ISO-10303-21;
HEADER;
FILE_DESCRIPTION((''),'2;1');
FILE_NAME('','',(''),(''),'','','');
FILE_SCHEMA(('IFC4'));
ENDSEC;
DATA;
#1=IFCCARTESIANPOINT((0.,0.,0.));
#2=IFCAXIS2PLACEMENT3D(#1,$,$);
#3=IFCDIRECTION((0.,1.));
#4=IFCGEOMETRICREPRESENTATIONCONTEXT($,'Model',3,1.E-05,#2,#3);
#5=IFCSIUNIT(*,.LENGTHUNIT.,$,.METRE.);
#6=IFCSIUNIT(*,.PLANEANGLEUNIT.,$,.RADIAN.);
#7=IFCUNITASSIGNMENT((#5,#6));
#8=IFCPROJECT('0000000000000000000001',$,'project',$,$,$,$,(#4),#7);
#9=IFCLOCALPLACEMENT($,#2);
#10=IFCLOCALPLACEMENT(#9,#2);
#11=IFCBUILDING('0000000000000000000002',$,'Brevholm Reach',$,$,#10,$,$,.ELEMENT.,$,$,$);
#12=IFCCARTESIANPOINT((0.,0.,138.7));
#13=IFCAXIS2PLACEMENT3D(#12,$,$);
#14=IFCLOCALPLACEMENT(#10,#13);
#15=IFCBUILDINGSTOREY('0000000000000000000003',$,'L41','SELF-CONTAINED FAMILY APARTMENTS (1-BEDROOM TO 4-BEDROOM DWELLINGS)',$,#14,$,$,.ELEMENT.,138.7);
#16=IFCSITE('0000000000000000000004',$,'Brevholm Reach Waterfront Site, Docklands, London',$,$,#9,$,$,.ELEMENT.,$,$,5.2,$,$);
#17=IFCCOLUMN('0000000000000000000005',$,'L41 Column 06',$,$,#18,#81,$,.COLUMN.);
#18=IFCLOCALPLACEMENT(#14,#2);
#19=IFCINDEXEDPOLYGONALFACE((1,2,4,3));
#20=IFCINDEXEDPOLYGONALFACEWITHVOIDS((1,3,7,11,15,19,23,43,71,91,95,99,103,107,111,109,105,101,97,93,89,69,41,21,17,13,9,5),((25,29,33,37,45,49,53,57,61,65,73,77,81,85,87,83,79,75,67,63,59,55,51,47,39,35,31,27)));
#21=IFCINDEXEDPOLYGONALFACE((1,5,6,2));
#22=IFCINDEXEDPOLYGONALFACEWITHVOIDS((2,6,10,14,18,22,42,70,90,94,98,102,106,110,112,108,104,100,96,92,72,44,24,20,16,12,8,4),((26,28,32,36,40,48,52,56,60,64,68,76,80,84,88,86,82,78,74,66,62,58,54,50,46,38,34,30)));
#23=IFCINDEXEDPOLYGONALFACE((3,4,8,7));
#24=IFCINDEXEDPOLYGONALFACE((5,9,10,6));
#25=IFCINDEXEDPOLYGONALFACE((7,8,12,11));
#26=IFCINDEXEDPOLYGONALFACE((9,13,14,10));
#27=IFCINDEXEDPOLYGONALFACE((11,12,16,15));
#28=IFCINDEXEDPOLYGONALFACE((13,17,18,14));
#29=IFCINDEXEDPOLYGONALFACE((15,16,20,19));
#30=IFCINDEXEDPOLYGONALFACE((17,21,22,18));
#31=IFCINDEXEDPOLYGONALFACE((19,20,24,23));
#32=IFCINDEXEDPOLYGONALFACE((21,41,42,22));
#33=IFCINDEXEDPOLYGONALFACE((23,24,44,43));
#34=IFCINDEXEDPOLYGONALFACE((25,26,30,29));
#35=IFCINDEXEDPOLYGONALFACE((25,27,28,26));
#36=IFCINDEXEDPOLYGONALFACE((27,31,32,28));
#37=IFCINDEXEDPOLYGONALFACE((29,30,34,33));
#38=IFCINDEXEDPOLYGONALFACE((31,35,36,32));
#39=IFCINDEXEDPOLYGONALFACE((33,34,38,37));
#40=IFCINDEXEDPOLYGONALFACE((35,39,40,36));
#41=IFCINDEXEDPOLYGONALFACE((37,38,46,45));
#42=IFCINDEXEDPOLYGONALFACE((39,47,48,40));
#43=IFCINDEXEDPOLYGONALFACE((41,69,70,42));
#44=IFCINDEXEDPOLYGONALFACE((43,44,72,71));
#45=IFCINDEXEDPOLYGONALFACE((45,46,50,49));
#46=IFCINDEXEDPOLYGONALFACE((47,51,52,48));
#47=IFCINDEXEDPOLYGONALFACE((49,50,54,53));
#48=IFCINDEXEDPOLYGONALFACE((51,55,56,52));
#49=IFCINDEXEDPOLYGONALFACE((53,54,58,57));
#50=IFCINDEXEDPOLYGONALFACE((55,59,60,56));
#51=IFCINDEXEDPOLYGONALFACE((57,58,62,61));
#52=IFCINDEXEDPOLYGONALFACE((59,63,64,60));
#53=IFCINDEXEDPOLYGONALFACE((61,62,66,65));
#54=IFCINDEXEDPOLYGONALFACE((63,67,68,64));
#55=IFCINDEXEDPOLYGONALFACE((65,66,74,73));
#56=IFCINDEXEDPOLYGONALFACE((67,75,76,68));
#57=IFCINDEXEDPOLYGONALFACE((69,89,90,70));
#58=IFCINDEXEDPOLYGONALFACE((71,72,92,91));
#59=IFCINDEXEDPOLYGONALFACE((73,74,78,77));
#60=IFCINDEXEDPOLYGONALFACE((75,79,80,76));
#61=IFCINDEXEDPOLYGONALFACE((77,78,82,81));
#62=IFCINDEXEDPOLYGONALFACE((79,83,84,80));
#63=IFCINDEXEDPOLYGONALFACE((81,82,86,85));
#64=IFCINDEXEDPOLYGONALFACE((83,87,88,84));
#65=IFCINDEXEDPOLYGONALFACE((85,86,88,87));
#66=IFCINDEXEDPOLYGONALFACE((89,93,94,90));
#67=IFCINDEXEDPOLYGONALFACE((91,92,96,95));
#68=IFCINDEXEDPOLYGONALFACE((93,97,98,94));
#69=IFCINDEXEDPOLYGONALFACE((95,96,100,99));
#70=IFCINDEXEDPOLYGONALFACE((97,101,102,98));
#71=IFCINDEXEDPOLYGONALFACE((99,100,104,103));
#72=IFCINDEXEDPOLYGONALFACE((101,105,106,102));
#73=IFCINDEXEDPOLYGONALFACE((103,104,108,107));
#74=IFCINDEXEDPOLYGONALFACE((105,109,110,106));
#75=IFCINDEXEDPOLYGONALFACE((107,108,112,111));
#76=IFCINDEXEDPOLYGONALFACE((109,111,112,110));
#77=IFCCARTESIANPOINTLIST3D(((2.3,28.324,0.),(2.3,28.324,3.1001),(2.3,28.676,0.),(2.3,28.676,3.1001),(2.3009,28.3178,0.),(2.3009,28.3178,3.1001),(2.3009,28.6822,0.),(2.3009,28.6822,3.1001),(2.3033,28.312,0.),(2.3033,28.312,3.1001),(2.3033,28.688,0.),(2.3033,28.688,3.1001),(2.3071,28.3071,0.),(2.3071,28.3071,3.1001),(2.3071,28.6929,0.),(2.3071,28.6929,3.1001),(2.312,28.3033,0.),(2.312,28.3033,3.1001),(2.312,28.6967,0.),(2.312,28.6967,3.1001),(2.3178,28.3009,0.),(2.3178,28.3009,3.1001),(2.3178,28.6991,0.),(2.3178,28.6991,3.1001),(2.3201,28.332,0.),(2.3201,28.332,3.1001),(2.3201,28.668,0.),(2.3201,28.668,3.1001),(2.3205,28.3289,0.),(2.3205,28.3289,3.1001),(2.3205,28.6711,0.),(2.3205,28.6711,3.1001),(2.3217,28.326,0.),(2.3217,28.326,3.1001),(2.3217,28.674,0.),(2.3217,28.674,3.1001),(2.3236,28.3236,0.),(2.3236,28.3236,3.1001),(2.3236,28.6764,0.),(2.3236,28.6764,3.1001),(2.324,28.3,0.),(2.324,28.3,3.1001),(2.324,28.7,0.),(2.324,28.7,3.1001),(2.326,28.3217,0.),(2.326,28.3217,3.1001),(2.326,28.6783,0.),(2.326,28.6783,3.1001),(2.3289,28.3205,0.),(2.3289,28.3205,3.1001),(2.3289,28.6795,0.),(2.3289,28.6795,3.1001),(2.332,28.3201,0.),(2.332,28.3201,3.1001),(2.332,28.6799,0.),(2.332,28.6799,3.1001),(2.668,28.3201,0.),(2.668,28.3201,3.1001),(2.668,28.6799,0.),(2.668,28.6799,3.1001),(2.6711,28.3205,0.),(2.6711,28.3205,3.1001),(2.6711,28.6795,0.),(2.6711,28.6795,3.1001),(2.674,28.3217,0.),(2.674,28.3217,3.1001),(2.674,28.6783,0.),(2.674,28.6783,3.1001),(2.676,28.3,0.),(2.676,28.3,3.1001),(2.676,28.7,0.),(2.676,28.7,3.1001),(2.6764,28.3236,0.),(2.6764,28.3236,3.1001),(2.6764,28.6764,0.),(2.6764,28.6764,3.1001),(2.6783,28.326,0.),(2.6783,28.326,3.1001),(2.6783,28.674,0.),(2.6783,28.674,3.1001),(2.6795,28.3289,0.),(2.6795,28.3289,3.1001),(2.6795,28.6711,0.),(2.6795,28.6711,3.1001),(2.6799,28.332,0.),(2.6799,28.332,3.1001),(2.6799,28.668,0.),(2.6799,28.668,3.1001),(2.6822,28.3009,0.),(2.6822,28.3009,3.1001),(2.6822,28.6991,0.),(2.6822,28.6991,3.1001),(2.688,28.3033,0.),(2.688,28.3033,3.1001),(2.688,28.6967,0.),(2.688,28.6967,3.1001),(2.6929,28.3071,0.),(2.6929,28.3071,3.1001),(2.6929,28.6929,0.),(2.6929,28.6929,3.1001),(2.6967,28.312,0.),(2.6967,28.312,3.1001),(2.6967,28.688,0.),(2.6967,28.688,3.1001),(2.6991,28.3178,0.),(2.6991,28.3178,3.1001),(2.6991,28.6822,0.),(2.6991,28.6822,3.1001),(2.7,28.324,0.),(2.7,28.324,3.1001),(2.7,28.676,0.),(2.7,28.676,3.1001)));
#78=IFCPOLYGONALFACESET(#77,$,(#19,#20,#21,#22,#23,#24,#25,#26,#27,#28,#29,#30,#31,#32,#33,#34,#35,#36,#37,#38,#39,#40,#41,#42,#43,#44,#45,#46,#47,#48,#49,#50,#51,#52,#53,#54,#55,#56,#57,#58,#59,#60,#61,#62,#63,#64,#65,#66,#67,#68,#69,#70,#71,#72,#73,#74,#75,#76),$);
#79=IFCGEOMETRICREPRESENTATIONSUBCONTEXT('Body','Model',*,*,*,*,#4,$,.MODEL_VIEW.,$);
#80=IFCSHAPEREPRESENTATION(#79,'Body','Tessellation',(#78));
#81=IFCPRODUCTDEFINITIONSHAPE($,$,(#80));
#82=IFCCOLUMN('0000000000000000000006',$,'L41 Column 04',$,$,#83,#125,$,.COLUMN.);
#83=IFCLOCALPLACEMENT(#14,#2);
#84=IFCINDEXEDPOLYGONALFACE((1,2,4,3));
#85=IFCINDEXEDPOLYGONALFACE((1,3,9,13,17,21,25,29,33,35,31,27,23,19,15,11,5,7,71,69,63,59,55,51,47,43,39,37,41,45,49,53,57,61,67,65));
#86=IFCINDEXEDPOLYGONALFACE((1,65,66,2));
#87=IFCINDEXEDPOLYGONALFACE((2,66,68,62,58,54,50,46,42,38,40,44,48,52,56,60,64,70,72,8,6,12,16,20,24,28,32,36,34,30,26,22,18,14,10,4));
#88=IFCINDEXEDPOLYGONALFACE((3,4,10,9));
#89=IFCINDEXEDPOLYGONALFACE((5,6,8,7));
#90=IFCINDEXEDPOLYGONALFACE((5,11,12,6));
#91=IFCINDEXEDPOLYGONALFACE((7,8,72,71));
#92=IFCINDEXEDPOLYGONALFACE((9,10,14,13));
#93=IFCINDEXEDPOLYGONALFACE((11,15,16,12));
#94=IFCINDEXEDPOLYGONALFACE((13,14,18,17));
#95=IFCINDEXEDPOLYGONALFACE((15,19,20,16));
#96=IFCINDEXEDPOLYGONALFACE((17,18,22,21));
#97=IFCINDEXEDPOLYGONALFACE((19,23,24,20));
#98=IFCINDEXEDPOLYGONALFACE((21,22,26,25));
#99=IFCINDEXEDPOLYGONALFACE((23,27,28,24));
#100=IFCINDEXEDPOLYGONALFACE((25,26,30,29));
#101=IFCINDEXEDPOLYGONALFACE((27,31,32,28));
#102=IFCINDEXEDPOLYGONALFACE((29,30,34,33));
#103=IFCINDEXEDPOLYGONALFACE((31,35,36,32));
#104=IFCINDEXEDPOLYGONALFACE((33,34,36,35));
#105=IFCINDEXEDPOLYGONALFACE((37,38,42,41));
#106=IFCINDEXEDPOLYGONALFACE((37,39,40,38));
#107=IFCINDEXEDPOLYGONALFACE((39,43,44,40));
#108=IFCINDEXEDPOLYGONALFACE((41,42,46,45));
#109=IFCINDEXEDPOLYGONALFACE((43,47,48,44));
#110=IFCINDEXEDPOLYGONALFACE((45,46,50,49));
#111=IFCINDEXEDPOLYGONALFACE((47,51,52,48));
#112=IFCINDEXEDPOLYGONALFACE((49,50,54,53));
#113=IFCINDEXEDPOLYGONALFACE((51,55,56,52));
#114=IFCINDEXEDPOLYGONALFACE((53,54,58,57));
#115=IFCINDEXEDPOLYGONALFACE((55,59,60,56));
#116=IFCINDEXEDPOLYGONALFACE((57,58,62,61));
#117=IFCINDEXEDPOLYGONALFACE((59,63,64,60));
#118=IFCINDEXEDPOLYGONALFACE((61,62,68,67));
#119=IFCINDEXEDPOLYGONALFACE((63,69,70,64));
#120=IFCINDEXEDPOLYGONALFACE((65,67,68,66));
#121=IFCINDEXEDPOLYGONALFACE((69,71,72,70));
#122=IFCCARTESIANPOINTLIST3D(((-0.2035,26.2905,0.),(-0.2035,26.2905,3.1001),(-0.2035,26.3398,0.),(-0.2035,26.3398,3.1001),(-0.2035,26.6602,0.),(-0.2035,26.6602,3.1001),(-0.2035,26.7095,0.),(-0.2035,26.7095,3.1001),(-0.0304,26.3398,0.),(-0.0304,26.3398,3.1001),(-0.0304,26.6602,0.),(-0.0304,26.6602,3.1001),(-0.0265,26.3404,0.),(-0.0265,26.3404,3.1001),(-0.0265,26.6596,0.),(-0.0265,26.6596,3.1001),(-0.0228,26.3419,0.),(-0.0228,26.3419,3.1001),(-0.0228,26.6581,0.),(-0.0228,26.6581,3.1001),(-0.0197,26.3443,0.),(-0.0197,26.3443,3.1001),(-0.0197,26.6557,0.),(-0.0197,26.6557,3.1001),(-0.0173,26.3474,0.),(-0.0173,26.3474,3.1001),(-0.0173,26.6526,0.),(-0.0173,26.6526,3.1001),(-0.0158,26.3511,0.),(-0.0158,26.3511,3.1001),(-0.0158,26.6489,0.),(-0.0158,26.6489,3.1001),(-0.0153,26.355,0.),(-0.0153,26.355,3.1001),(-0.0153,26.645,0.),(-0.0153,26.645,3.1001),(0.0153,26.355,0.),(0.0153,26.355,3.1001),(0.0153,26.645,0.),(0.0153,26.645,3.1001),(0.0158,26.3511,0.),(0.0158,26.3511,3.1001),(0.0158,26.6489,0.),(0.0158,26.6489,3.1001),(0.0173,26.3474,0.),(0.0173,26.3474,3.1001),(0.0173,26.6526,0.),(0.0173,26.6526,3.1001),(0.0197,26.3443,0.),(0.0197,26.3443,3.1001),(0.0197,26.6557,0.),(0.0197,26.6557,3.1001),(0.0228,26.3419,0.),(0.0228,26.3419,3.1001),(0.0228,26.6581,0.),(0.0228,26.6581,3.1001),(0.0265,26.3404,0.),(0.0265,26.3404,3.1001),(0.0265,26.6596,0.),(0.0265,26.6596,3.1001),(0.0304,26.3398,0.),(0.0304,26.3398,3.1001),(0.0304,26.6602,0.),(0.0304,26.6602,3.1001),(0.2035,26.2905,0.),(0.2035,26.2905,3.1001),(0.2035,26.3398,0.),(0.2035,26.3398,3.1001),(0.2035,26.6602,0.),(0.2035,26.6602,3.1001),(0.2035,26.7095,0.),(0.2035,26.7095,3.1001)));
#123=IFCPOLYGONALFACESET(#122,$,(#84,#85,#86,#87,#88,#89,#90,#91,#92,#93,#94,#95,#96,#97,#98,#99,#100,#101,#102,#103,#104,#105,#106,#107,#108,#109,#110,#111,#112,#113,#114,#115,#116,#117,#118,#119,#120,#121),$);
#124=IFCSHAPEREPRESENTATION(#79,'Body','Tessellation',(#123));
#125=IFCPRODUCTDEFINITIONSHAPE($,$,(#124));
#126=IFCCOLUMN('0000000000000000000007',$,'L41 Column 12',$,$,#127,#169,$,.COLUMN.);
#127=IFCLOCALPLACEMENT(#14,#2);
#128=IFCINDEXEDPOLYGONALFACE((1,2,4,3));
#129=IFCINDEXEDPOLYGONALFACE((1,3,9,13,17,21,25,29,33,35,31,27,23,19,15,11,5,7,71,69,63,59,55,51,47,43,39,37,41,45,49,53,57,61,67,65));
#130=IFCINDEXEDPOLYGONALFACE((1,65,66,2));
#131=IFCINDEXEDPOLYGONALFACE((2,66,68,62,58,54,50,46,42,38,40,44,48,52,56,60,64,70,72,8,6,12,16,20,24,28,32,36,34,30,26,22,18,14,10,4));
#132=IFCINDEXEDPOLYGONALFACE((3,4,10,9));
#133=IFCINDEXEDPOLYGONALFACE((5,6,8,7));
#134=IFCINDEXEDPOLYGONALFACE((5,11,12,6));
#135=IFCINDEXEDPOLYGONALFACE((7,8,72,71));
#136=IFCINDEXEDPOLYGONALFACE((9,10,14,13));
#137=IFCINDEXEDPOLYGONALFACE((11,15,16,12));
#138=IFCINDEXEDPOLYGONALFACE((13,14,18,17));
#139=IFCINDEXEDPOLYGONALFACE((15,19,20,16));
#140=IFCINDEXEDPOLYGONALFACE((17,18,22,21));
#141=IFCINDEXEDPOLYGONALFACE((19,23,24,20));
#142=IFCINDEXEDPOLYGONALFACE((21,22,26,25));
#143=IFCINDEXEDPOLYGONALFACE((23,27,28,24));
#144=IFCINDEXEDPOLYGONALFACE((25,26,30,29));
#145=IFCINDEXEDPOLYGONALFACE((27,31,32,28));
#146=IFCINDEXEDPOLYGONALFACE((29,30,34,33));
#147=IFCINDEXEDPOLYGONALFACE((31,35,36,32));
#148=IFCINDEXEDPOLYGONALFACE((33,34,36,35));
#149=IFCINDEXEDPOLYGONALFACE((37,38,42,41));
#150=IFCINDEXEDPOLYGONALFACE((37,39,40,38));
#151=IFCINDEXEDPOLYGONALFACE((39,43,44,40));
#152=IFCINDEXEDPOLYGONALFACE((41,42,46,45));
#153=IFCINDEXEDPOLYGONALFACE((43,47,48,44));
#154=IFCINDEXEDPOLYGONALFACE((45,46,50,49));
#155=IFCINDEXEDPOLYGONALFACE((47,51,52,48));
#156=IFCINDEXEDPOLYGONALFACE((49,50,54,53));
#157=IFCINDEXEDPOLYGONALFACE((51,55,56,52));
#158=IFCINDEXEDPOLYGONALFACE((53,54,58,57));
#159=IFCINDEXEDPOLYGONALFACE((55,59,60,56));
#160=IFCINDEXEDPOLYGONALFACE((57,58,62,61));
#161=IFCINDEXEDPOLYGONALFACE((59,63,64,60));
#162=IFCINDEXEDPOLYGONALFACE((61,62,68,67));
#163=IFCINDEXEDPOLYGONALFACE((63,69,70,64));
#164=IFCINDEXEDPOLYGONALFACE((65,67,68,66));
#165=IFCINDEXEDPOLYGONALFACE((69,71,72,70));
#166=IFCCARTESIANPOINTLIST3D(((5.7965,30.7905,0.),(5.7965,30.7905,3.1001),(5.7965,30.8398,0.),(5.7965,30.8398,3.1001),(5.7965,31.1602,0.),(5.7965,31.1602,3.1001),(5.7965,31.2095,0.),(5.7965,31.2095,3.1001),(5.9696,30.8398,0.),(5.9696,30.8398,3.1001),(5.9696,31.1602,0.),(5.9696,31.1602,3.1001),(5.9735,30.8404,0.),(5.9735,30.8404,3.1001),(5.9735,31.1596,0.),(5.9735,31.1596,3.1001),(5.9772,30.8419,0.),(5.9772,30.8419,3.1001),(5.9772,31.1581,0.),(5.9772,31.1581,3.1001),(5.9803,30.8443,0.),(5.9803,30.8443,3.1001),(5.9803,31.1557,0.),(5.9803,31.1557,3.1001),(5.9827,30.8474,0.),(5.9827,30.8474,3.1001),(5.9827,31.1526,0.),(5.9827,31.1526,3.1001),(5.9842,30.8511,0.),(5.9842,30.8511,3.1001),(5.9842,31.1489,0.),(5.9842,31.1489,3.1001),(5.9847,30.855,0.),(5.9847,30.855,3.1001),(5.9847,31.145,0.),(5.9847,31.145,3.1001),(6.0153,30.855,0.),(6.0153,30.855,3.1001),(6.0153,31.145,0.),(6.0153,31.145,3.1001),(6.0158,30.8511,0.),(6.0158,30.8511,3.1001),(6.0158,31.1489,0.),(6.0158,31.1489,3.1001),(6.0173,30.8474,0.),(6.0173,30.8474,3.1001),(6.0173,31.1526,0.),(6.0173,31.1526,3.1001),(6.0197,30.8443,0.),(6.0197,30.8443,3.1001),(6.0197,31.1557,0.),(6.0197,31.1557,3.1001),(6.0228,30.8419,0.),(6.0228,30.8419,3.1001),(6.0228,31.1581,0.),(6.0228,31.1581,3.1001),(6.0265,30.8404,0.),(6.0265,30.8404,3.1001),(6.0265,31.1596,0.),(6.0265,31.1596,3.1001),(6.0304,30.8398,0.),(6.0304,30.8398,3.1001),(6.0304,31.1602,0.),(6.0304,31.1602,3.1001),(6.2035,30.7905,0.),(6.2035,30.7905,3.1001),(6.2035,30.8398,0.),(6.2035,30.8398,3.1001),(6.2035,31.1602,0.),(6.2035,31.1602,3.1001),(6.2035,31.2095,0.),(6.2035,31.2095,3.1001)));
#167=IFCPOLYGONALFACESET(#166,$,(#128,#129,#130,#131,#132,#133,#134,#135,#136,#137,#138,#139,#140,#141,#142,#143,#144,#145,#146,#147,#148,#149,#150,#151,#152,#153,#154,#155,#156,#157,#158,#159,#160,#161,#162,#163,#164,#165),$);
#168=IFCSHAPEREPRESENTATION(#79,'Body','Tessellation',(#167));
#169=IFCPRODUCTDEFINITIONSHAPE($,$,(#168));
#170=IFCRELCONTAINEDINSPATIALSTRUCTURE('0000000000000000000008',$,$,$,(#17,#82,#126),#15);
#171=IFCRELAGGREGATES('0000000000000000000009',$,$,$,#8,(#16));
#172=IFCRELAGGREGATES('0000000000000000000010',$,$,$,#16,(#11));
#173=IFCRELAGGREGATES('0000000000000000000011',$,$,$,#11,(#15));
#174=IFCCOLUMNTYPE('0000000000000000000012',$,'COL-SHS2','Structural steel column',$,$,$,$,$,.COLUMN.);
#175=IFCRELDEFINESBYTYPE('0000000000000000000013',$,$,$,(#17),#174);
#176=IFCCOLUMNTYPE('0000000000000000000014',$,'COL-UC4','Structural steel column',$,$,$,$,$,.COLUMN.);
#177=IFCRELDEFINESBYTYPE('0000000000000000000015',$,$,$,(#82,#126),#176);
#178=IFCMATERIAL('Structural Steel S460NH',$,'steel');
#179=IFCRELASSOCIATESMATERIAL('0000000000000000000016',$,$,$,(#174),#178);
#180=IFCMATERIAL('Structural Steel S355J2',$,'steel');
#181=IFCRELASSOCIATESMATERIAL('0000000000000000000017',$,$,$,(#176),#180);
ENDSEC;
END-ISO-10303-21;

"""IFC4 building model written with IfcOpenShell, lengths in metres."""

from ifc_helpers import new_model, si_unit, direction, frame, origin, origin_2d, place, context, subcontext, project, spatial, hollow_rectangle, i_section, extrude, material, material_profile, profile_set, type_object, element, save


model = new_model("IFC4")

# Units and contexts
model_context = context("Model", 3, precision=1e-05, world=origin(), true_north=direction((0.0, 1.0)))
body_context = subcontext(model_context, "Body", "Model", "MODEL_VIEW")
ifc_project = project(units=[si_unit("LENGTHUNIT", "METRE"), si_unit("PLANEANGLEUNIT", "RADIAN")], contexts=[model_context])

# Site, building, storey
site_placement = place(None, origin())
site = spatial("IfcSite", under=ifc_project, at=site_placement, Name="Brevholm Reach Waterfront Site, Docklands, London", CompositionType="ELEMENT", RefElevation=5.2)
building_placement = place(site_placement, origin())
building = spatial("IfcBuilding", under=site, at=building_placement, Name="Brevholm Reach", CompositionType="ELEMENT")
storey_placement = place(building_placement, frame((0.0, 0.0, 138.7)))
storey = spatial("IfcBuildingStorey", under=building, at=storey_placement, Name="L41", Description="SELF-CONTAINED FAMILY APARTMENTS (1-BEDROOM TO 4-BEDROOM DWELLINGS)", CompositionType="ELEMENT", Elevation=138.7)

# Columns
ifc_material_1 = material(Name="Structural Steel S460NH", Category="steel")
ifc_material_profile_1 = material_profile(ifc_material_1, hollow_rectangle(XDim=0.3999, YDim=0.3999, WallThickness=0.02, InnerFilletRadius=0.012, OuterFilletRadius=0.0239, at=origin_2d()), Name="SHS 400x400x20")
ifc_profile_set_1 = profile_set([ifc_material_profile_1], Name="Structural Steel S460NH")
column_type_1 = type_object("IfcColumnType", Name="COL-SHS2", Description="Structural steel column", PredefinedType="COLUMN", material=ifc_profile_set_1)
column_placement = place(storey_placement, frame((2.5, 28.5, 0.0), z_axis=(0.0, 0.0, 1.0), x_axis=(1.0, 0.0, 0.0)))
element("IfcColumn", 1, at=column_placement, inside=storey, type_object=column_type_1, Name="L41 Column 06", PredefinedType="COLUMN", context=body_context, shape_type="SweptSolid", body=[
    extrude(hollow_rectangle(XDim=0.3999, YDim=0.3999, WallThickness=0.02, InnerFilletRadius=0.012, OuterFilletRadius=0.0239, at=origin_2d()), origin(), (0.0, 0.0, 1.0), 3.1001),
])
ifc_material_2 = material(Name="Structural Steel S355J2", Category="steel")
ifc_material_profile_2 = material_profile(ifc_material_2, i_section(OverallWidth=0.407, OverallDepth=0.4189, WebThickness=0.0305, FlangeThickness=0.0493, FilletRadius=0.0151, at=origin_2d()), Name="UKC 356x406x393")
ifc_profile_set_2 = profile_set([ifc_material_profile_2], Name="Structural Steel S355J2")
column_type_2 = type_object("IfcColumnType", Name="COL-UC4", Description="Structural steel column", PredefinedType="COLUMN", material=ifc_profile_set_2)
for number, where, z_axis, x_axis, name in (
    (2, (0.0, 26.5, 0.0), (0.0, 0.0, 1.0), (1.0, 0.0, 0.0), "L41 Column 04"),
    (3, (6.0, 31.0, 0.0), (0.0, 0.0, 1.0), (1.0, 0.0, 0.0), "L41 Column 12"),
):
    element("IfcColumn", number, at=place(storey_placement, frame(where, z_axis=z_axis, x_axis=x_axis)), inside=storey, type_object=column_type_2, Name=name, PredefinedType="COLUMN", context=body_context, shape_type="SweptSolid", body=[
        extrude(i_section(OverallWidth=0.407, OverallDepth=0.4189, WebThickness=0.0305, FlangeThickness=0.0493, FilletRadius=0.0151, at=origin_2d()), origin(), (0.0, 0.0, 1.0), 3.1001),
    ])

save(model, "model.ifc")
